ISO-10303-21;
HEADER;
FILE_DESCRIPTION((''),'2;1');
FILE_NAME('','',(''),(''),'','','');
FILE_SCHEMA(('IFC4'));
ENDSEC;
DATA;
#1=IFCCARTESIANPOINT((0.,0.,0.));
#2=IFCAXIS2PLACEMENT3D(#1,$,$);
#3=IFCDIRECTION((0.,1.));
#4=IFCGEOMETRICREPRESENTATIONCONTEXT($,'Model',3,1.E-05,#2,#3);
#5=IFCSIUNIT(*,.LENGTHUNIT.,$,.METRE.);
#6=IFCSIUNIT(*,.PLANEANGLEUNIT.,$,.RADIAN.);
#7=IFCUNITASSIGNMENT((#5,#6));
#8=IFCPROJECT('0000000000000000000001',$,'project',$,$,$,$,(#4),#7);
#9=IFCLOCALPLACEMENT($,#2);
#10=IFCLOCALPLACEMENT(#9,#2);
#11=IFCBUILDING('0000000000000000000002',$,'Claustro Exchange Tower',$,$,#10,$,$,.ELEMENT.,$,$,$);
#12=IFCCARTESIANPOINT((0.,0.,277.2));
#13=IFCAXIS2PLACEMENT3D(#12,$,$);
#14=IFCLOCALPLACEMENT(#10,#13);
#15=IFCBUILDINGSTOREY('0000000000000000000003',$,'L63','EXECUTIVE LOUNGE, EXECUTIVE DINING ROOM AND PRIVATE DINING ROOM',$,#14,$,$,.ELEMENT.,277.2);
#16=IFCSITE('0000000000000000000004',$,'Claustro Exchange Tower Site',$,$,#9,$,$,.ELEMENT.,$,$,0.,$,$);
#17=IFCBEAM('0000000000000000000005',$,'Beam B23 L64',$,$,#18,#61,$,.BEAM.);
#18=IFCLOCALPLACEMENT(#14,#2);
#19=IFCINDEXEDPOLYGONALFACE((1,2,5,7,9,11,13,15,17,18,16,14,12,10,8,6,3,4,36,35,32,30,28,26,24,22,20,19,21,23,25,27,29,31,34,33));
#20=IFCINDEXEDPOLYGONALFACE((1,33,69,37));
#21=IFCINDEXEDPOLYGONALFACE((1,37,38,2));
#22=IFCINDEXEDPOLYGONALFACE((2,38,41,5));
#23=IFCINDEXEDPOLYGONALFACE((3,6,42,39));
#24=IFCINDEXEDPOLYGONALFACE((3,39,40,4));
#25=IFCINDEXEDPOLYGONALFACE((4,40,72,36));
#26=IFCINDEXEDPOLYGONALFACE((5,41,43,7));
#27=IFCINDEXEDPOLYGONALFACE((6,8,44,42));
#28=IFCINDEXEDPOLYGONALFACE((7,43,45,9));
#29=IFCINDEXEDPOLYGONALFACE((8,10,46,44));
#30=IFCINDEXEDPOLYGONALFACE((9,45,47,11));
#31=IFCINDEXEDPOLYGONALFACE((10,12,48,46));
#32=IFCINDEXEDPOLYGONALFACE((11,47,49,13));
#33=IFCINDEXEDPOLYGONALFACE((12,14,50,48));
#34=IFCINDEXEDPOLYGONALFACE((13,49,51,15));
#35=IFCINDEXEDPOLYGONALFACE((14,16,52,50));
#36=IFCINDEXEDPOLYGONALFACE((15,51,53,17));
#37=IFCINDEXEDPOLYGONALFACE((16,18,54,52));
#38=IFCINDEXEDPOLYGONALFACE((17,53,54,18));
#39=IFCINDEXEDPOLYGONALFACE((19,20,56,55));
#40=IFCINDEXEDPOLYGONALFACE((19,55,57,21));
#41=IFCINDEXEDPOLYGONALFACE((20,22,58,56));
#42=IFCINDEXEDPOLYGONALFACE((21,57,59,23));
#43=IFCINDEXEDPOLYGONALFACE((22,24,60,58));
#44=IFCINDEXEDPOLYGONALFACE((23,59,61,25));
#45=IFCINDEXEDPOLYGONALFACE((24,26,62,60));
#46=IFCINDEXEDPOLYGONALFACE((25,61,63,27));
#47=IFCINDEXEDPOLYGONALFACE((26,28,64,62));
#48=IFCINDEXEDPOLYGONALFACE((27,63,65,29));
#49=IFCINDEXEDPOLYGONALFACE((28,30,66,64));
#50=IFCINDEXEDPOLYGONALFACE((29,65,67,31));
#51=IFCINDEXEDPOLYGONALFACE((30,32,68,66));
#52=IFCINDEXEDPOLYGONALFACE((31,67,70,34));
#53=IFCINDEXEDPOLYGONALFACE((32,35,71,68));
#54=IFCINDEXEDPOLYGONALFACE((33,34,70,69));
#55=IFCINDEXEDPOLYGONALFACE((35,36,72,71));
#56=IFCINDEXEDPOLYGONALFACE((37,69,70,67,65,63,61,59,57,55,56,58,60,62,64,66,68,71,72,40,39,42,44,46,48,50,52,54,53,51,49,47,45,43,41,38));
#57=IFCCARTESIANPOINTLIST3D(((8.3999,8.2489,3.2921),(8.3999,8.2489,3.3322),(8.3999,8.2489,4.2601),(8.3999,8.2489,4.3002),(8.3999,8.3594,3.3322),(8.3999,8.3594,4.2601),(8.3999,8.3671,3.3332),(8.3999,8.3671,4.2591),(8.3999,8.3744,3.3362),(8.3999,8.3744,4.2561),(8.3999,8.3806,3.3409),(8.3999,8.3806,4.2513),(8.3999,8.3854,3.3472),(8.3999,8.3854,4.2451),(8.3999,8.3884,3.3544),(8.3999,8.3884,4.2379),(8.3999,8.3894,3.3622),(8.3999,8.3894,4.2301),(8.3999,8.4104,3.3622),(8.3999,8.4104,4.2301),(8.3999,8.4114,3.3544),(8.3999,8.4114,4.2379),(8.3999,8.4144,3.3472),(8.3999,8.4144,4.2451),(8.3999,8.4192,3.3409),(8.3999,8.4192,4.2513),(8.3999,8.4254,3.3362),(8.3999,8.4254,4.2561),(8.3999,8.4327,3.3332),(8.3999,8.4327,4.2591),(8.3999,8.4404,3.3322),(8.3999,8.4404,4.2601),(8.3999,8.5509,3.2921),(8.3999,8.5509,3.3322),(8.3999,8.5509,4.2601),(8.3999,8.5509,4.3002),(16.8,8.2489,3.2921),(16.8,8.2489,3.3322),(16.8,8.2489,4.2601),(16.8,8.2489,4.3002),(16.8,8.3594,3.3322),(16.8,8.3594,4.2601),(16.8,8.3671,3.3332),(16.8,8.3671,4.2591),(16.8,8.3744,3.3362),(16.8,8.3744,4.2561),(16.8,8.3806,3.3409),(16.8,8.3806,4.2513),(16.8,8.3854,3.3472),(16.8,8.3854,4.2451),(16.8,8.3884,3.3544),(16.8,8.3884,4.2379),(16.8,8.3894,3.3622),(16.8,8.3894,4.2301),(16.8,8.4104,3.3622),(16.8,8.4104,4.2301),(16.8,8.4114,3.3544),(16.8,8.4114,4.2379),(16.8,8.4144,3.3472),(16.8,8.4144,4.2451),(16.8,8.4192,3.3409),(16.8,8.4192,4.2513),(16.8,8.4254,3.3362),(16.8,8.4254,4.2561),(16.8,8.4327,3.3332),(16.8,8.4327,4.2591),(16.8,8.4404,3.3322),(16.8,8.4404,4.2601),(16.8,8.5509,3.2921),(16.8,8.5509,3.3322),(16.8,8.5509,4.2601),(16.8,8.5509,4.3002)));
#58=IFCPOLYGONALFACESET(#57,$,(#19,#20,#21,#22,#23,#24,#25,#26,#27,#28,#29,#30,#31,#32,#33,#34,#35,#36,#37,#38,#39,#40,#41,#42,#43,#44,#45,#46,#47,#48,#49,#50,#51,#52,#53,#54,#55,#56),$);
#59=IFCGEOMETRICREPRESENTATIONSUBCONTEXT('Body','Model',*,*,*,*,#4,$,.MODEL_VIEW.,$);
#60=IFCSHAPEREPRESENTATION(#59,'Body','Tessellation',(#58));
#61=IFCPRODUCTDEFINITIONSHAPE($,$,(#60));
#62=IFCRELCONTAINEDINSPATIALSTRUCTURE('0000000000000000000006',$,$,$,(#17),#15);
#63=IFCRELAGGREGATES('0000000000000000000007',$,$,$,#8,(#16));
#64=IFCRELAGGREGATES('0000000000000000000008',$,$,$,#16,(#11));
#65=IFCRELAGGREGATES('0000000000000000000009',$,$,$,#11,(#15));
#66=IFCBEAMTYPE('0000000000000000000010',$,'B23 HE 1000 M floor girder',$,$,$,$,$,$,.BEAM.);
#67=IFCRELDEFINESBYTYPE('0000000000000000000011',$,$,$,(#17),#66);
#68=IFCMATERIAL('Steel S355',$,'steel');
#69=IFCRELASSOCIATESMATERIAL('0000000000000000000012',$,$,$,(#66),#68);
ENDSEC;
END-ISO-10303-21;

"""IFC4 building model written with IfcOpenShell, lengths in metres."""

from ifc_helpers import new_model, si_unit, direction, frame, origin, origin_2d, place, context, subcontext, project, spatial, i_section, extrude, material, material_profile, profile_set, type_object, element, save


model = new_model("IFC4")

# Units and contexts
model_context = context("Model", 3, precision=1e-05, world=origin(), true_north=direction((0.0, 1.0)))
body_context = subcontext(model_context, "Body", "Model", "MODEL_VIEW")
ifc_project = project(units=[si_unit("LENGTHUNIT", "METRE"), si_unit("PLANEANGLEUNIT", "RADIAN")], contexts=[model_context])

# Site, building, storey
site_placement = place(None, origin())
site = spatial("IfcSite", under=ifc_project, at=site_placement, Name="Claustro Exchange Tower Site", CompositionType="ELEMENT", RefElevation=0.0)
building_placement = place(site_placement, origin())
building = spatial("IfcBuilding", under=site, at=building_placement, Name="Claustro Exchange Tower", CompositionType="ELEMENT")
storey_placement = place(building_placement, frame((0.0, 0.0, 277.2)))
storey = spatial("IfcBuildingStorey", under=building, at=storey_placement, Name="L63", Description="EXECUTIVE LOUNGE, EXECUTIVE DINING ROOM AND PRIVATE DINING ROOM", CompositionType="ELEMENT", Elevation=277.2)

# Beam
ifc_material_1 = material(Name="Steel S355", Category="steel")
ifc_material_profile = material_profile(ifc_material_1, i_section(OverallWidth=0.302, OverallDepth=1.0081, WebThickness=0.021, FlangeThickness=0.04, FilletRadius=0.03, at=origin_2d()), Name="HE 1000 M")
ifc_profile_set = profile_set([ifc_material_profile], Name="Steel S355")
beam_type = type_object("IfcBeamType", Name="B23 HE 1000 M floor girder", PredefinedType="BEAM", material=ifc_profile_set)
beam_placement = place(storey_placement, frame((8.3999, 8.3999, 3.7961), z_axis=(1.0, 0.0, 0.0), x_axis=(0.0, 1.0, 0.0)))
element("IfcBeam", 1, at=beam_placement, inside=storey, type_object=beam_type, Name="Beam B23 L64", PredefinedType="BEAM", context=body_context, shape_type="SweptSolid", body=[
    extrude(i_section(OverallWidth=0.302, OverallDepth=1.0081, WebThickness=0.021, FlangeThickness=0.04, FilletRadius=0.03, at=origin_2d()), origin(), (0.0, 0.0, 1.0), 8.4001),
])

save(model, "model.ifc")
